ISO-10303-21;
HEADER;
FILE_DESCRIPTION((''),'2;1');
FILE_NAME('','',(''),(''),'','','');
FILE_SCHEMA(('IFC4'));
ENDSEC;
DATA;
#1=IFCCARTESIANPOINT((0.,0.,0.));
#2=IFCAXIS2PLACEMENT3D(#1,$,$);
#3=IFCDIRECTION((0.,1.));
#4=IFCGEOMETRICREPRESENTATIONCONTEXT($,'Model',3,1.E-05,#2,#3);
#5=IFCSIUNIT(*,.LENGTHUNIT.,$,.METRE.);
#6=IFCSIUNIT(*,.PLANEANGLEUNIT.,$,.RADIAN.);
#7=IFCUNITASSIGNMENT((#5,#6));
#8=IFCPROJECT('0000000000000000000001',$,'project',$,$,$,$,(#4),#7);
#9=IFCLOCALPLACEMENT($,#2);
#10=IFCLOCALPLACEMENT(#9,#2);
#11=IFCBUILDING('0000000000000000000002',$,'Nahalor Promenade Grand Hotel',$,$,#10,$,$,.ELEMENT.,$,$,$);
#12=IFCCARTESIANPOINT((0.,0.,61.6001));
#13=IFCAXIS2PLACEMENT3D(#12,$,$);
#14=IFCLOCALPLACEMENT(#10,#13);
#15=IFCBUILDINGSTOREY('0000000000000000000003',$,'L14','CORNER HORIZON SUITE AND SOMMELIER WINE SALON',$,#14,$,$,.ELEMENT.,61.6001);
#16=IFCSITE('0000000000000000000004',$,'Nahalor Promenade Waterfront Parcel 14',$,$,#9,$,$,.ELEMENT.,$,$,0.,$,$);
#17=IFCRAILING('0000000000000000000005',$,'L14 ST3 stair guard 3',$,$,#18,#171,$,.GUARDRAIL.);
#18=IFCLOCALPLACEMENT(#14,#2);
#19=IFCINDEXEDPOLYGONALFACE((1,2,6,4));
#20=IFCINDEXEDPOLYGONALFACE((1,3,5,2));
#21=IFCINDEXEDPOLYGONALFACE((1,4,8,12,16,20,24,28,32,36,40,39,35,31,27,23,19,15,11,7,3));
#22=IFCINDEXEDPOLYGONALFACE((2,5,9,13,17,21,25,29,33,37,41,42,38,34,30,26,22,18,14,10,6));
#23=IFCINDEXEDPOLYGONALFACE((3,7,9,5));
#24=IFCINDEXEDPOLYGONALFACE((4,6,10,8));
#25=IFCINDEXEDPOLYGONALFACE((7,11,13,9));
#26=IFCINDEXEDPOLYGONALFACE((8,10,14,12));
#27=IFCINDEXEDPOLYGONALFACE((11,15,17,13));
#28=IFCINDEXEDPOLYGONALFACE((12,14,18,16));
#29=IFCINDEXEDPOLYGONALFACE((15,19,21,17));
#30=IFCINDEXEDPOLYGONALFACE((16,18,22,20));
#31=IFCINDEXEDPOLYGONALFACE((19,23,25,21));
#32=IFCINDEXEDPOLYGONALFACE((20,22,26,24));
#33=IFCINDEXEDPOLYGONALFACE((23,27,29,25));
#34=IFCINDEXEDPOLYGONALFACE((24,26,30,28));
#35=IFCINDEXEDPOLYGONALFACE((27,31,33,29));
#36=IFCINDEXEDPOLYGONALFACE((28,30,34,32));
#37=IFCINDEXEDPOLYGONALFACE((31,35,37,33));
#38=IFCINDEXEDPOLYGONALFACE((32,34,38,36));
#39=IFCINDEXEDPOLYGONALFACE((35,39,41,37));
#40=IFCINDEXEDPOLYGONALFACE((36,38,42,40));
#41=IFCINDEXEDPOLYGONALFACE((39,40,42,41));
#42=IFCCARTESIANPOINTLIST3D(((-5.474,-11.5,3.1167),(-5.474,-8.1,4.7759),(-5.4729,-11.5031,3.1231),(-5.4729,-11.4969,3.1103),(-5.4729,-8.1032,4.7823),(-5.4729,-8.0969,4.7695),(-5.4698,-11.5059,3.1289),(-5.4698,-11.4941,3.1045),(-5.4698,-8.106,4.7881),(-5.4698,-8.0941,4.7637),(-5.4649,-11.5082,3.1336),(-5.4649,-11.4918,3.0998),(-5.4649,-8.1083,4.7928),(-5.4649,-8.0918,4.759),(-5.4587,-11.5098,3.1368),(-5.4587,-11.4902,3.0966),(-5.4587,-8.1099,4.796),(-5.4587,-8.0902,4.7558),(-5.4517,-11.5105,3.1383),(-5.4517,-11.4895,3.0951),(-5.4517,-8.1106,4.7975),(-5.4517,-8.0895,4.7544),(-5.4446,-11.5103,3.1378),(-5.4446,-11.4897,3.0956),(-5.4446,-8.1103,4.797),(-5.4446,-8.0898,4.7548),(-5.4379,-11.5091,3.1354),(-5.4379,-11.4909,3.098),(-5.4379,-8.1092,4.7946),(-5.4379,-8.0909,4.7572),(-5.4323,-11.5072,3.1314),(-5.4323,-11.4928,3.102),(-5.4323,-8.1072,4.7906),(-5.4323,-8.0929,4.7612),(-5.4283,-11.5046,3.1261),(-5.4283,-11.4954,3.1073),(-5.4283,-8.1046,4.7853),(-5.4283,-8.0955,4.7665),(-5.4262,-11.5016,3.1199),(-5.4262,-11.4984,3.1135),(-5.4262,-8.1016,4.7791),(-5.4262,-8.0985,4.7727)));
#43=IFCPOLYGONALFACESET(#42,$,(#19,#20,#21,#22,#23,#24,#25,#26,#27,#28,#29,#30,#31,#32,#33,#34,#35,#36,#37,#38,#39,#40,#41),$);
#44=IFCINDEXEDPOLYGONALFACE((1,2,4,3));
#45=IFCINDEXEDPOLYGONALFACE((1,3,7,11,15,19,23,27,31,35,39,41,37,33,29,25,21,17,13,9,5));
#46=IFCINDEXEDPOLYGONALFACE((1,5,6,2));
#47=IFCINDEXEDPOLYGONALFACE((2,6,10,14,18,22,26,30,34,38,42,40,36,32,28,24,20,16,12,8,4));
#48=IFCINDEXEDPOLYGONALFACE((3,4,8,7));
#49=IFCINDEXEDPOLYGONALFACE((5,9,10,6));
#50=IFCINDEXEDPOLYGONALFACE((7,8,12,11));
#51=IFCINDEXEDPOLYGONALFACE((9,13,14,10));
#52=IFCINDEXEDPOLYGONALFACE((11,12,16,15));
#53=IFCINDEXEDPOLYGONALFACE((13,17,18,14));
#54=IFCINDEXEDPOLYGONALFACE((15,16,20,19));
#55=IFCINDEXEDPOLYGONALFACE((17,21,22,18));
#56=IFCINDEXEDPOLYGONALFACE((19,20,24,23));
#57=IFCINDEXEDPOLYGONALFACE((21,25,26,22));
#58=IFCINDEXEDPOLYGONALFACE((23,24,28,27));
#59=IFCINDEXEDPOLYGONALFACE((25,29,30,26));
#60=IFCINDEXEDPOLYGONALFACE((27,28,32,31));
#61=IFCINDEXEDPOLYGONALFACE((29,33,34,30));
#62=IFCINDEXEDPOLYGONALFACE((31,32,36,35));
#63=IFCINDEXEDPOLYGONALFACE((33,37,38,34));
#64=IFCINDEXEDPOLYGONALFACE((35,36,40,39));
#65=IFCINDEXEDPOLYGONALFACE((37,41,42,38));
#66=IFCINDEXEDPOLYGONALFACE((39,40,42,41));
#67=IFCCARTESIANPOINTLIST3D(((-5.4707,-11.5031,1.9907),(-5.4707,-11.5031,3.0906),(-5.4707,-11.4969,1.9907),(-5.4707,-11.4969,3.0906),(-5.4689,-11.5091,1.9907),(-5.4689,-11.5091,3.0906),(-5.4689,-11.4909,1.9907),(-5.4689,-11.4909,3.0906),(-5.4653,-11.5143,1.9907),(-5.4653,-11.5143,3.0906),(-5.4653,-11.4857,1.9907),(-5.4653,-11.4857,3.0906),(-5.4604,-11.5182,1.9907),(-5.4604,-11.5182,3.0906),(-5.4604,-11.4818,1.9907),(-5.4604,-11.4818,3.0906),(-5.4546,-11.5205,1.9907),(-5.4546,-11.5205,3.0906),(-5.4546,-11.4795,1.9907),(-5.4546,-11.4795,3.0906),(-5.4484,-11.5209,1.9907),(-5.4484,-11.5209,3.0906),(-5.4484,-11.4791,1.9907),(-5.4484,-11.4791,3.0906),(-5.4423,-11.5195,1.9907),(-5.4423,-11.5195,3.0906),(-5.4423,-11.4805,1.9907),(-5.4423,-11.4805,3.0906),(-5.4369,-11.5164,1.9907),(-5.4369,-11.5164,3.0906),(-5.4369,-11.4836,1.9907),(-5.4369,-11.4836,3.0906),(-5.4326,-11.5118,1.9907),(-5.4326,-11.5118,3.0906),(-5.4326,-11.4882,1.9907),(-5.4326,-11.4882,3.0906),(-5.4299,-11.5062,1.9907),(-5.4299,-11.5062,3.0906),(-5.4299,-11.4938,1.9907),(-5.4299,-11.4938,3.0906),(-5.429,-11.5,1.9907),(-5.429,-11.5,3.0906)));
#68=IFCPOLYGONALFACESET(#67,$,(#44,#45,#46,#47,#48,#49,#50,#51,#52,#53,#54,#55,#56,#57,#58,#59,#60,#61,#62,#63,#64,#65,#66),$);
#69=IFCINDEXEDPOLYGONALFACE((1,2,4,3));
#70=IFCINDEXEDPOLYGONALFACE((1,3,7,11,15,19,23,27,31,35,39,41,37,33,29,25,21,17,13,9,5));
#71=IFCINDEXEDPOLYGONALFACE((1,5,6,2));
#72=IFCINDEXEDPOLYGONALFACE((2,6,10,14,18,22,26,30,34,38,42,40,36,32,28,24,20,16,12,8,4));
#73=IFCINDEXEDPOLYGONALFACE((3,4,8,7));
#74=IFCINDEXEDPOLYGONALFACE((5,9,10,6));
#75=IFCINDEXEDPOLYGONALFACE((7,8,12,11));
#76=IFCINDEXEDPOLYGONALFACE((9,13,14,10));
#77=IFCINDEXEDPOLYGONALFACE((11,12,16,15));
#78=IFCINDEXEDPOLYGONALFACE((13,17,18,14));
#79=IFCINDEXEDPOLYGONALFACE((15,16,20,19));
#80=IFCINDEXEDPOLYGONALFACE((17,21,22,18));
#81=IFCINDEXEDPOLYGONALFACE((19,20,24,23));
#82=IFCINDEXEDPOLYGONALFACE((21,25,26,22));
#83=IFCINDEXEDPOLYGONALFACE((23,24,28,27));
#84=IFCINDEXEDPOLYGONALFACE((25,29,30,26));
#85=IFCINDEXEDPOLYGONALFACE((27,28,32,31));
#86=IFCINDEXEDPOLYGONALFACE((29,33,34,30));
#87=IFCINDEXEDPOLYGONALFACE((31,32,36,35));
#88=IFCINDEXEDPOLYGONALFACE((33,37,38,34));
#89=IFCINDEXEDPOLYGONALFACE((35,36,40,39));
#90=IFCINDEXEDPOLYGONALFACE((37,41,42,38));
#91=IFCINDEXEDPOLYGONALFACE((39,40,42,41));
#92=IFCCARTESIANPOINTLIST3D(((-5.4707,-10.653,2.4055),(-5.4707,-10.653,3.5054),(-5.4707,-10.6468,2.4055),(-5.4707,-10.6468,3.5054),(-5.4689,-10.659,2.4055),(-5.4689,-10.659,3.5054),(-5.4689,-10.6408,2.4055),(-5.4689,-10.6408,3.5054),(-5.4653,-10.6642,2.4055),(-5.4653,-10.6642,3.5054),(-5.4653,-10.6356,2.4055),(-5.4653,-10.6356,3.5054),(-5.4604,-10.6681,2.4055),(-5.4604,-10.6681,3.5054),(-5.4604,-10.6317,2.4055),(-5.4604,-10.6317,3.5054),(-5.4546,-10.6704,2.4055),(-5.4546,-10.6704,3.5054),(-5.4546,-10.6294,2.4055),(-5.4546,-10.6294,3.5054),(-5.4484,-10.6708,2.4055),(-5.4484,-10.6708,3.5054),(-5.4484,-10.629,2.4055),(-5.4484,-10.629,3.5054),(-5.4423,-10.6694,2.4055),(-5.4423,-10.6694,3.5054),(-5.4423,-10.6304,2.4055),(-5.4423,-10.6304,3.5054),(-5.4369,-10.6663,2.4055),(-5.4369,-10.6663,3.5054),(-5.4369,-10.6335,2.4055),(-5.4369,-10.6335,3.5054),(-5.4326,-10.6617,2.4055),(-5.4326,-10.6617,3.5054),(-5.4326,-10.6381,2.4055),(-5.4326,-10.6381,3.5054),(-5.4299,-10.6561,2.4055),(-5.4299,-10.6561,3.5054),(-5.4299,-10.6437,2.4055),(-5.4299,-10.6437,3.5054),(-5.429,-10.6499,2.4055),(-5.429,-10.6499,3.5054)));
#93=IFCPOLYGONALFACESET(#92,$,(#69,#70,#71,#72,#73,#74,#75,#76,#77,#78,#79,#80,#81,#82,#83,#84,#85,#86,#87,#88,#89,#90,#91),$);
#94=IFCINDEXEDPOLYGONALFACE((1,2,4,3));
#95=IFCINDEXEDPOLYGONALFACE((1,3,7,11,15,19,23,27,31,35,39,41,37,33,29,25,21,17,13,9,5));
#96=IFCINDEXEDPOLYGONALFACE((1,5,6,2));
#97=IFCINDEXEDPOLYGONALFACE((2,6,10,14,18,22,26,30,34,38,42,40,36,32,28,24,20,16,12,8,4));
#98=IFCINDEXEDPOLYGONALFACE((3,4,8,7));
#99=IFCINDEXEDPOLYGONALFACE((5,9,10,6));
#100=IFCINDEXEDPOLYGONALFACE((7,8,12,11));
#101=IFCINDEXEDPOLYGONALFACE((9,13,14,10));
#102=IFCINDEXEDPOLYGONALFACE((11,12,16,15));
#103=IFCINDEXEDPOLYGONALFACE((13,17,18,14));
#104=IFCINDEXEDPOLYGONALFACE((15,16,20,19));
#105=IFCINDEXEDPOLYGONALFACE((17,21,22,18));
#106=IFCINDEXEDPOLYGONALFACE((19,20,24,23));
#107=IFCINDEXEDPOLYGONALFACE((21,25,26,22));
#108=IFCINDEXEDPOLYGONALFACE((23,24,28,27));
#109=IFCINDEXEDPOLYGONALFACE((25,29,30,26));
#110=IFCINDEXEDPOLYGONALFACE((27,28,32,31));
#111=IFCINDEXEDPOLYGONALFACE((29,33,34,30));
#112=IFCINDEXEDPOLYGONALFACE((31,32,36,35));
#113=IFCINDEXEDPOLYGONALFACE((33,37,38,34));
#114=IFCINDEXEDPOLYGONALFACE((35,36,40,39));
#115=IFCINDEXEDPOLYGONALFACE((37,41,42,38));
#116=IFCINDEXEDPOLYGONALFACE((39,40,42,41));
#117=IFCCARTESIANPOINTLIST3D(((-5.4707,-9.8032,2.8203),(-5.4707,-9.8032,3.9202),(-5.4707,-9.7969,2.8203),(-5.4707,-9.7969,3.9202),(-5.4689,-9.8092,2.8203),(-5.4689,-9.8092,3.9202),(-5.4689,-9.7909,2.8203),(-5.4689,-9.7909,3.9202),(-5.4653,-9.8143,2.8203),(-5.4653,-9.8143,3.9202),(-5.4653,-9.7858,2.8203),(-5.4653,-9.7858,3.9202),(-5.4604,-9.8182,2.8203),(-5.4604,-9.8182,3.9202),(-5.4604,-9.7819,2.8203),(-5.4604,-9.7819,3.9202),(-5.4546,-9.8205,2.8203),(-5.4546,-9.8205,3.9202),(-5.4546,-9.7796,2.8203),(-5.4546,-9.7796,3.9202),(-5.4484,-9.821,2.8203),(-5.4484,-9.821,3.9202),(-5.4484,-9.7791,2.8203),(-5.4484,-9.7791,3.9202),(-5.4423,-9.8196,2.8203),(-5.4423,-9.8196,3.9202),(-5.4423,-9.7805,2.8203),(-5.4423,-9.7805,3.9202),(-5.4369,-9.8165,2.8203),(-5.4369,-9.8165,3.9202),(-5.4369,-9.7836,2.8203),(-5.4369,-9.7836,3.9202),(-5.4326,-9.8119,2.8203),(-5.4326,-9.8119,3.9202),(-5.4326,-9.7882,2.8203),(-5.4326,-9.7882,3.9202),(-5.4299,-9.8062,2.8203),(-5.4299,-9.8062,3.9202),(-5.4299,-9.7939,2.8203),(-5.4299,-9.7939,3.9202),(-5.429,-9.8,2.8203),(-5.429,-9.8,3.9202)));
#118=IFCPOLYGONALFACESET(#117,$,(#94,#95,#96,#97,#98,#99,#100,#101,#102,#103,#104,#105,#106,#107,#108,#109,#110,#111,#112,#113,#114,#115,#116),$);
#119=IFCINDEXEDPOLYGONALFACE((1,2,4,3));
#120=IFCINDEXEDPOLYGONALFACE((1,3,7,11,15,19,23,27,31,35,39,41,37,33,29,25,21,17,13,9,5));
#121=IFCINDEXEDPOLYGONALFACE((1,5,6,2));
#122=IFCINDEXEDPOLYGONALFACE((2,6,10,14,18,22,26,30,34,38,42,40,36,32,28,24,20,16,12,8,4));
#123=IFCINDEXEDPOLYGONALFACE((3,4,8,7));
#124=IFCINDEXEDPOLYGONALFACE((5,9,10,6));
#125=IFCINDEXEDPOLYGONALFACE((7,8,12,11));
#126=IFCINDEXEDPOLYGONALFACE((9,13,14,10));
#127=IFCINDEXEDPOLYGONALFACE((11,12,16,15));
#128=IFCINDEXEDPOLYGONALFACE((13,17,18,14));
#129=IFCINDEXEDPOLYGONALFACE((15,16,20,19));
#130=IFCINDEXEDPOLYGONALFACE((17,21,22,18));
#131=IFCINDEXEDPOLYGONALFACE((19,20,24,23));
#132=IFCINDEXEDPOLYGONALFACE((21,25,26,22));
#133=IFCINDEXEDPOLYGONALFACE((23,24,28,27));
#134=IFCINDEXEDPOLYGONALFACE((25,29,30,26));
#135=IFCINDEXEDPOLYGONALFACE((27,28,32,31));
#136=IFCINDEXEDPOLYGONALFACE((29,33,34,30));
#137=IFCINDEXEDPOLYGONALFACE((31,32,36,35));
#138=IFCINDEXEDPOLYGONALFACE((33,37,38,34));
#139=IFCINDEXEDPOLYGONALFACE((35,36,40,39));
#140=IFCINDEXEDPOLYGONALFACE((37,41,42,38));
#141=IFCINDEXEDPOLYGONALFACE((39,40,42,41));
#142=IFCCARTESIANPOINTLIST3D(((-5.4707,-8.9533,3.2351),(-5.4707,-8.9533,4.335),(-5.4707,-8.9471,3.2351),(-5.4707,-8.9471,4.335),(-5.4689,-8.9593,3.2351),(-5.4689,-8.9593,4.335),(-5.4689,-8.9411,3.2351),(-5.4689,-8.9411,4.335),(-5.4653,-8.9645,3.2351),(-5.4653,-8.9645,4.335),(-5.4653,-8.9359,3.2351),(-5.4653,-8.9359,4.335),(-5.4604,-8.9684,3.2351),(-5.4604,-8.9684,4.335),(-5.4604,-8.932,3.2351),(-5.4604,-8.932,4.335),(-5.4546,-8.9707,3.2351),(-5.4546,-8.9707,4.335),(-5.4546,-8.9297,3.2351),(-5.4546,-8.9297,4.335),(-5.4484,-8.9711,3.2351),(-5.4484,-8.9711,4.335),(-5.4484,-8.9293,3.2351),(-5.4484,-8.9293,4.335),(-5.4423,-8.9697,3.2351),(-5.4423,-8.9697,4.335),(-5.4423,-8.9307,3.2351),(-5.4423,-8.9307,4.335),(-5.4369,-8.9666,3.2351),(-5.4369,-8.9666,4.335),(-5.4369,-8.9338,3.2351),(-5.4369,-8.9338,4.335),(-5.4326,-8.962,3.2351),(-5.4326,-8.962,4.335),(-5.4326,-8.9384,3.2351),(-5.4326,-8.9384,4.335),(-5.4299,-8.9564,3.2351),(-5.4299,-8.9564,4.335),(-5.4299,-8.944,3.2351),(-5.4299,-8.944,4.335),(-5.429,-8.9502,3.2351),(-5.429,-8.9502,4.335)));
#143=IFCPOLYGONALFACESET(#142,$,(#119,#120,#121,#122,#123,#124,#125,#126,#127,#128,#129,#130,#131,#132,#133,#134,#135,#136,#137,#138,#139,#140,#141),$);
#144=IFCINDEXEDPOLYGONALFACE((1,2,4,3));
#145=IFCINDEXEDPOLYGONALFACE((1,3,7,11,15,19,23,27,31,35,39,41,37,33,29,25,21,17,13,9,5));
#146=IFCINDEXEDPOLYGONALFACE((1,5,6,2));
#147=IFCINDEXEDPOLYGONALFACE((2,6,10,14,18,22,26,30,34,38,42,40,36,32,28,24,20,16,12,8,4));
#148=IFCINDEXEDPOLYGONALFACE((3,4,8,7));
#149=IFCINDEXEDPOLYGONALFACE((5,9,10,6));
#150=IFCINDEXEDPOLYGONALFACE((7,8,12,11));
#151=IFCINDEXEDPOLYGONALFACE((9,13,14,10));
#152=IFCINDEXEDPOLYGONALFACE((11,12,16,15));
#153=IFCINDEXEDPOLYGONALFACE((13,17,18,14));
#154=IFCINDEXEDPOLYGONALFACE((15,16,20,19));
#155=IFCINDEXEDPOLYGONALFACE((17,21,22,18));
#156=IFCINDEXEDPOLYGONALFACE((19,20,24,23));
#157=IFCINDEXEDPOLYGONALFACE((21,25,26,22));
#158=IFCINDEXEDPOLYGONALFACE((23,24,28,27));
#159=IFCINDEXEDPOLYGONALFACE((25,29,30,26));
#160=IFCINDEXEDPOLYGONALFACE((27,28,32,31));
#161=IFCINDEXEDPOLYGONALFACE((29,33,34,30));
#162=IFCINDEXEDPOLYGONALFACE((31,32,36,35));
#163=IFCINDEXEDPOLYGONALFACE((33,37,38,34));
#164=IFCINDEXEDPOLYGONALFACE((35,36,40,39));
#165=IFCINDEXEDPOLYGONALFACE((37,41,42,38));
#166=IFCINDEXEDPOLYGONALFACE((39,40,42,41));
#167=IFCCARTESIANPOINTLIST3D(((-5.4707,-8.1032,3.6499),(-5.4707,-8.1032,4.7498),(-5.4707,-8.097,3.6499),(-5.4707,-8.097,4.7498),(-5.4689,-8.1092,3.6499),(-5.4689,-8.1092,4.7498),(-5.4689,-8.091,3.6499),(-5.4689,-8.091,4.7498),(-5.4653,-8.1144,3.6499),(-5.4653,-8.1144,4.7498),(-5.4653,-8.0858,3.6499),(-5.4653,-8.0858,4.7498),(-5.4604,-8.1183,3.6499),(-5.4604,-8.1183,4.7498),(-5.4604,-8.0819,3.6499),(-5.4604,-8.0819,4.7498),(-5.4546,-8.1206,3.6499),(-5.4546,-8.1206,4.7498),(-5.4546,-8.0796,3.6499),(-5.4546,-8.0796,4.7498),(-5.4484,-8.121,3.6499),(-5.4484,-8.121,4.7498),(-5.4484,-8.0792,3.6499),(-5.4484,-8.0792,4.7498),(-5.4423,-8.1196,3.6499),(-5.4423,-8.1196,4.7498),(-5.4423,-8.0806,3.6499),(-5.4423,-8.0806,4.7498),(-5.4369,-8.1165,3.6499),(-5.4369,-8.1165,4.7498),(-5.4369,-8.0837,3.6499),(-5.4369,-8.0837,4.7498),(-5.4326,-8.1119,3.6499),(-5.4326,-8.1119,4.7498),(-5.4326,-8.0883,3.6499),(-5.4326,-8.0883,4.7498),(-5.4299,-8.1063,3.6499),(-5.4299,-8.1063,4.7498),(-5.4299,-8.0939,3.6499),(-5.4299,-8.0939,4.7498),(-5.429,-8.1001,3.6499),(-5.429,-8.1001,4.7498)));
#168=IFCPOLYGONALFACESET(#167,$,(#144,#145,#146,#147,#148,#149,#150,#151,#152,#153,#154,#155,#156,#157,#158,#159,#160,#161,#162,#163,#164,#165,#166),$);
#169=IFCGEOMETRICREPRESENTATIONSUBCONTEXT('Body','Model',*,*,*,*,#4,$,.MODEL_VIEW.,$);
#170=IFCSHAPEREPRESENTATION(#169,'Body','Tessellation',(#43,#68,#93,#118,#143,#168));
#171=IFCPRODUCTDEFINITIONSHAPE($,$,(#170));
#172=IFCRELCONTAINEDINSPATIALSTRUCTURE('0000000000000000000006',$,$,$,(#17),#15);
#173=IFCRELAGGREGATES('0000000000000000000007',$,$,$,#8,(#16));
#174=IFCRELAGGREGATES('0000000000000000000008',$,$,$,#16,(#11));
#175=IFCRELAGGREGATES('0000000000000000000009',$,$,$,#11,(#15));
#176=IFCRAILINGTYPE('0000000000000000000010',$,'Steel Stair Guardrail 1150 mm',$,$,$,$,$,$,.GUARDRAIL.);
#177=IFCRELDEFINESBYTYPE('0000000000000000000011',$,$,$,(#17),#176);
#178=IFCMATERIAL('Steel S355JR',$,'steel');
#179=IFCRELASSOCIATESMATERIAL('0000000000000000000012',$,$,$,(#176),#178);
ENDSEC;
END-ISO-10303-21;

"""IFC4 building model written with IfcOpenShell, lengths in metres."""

from ifc_helpers import new_model, si_unit, direction, frame, origin, origin_2d, place, context, subcontext, project, spatial, circle, extrude, material, type_object, element, save


model = new_model("IFC4")

# Units and contexts
model_context = context("Model", 3, precision=1e-05, world=origin(), true_north=direction((0.0, 1.0)))
body_context = subcontext(model_context, "Body", "Model", "MODEL_VIEW")
ifc_project = project(units=[si_unit("LENGTHUNIT", "METRE"), si_unit("PLANEANGLEUNIT", "RADIAN")], contexts=[model_context])

# Site, building, storey
site_placement = place(None, origin())
site = spatial("IfcSite", under=ifc_project, at=site_placement, Name="Nahalor Promenade Waterfront Parcel 14", CompositionType="ELEMENT", RefElevation=0.0)
building_placement = place(site_placement, origin())
building = spatial("IfcBuilding", under=site, at=building_placement, Name="Nahalor Promenade Grand Hotel", CompositionType="ELEMENT")
storey_placement = place(building_placement, frame((0.0, 0.0, 61.6001)))
storey = spatial("IfcBuildingStorey", under=building, at=storey_placement, Name="L14", Description="CORNER HORIZON SUITE AND SOMMELIER WINE SALON", CompositionType="ELEMENT", Elevation=61.6001)

# Shared definitions
ifc_material_1 = material(Name="Steel S355JR", Category="steel")

# Railing
railing_type_1 = type_object("IfcRailingType", Name="Steel Stair Guardrail 1150 mm", PredefinedType="GUARDRAIL", material=ifc_material_1)
railing_1_placement = place(storey_placement, frame((-5.45, -11.5, 1.9907)))
element("IfcRailing", 1, at=railing_1_placement, inside=storey, type_object=railing_type_1, Name="L14 ST3 stair guard 3", PredefinedType="GUARDRAIL", context=body_context, shape_type="SweptSolid", body=[
    extrude(circle(Radius=0.024, at=origin_2d()), frame((0.0, 0.0, 1.126), z_axis=(0.0, 0.898696, 0.438571), x_axis=(-1.0, 0.0, 0.0)), (0.0, 0.0, 1.0), 3.7832),
    extrude(circle(Radius=0.021, at=origin_2d()), origin(), (0.0, 0.0, 1.0), 1.0999),
    extrude(circle(Radius=0.021, at=origin_2d()), frame((0.0, 0.8501, 0.4148)), (0.0, 0.0, 1.0), 1.0999),
    extrude(circle(Radius=0.021, at=origin_2d()), frame((0.0, 1.7, 0.8296)), (0.0, 0.0, 1.0), 1.0999),
    extrude(circle(Radius=0.021, at=origin_2d()), frame((0.0, 2.5498, 1.2444)), (0.0, 0.0, 1.0), 1.0999),
    extrude(circle(Radius=0.021, at=origin_2d()), frame((0.0, 3.3999, 1.6592)), (0.0, 0.0, 1.0), 1.0999),
])

save(model, "model.ifc")
